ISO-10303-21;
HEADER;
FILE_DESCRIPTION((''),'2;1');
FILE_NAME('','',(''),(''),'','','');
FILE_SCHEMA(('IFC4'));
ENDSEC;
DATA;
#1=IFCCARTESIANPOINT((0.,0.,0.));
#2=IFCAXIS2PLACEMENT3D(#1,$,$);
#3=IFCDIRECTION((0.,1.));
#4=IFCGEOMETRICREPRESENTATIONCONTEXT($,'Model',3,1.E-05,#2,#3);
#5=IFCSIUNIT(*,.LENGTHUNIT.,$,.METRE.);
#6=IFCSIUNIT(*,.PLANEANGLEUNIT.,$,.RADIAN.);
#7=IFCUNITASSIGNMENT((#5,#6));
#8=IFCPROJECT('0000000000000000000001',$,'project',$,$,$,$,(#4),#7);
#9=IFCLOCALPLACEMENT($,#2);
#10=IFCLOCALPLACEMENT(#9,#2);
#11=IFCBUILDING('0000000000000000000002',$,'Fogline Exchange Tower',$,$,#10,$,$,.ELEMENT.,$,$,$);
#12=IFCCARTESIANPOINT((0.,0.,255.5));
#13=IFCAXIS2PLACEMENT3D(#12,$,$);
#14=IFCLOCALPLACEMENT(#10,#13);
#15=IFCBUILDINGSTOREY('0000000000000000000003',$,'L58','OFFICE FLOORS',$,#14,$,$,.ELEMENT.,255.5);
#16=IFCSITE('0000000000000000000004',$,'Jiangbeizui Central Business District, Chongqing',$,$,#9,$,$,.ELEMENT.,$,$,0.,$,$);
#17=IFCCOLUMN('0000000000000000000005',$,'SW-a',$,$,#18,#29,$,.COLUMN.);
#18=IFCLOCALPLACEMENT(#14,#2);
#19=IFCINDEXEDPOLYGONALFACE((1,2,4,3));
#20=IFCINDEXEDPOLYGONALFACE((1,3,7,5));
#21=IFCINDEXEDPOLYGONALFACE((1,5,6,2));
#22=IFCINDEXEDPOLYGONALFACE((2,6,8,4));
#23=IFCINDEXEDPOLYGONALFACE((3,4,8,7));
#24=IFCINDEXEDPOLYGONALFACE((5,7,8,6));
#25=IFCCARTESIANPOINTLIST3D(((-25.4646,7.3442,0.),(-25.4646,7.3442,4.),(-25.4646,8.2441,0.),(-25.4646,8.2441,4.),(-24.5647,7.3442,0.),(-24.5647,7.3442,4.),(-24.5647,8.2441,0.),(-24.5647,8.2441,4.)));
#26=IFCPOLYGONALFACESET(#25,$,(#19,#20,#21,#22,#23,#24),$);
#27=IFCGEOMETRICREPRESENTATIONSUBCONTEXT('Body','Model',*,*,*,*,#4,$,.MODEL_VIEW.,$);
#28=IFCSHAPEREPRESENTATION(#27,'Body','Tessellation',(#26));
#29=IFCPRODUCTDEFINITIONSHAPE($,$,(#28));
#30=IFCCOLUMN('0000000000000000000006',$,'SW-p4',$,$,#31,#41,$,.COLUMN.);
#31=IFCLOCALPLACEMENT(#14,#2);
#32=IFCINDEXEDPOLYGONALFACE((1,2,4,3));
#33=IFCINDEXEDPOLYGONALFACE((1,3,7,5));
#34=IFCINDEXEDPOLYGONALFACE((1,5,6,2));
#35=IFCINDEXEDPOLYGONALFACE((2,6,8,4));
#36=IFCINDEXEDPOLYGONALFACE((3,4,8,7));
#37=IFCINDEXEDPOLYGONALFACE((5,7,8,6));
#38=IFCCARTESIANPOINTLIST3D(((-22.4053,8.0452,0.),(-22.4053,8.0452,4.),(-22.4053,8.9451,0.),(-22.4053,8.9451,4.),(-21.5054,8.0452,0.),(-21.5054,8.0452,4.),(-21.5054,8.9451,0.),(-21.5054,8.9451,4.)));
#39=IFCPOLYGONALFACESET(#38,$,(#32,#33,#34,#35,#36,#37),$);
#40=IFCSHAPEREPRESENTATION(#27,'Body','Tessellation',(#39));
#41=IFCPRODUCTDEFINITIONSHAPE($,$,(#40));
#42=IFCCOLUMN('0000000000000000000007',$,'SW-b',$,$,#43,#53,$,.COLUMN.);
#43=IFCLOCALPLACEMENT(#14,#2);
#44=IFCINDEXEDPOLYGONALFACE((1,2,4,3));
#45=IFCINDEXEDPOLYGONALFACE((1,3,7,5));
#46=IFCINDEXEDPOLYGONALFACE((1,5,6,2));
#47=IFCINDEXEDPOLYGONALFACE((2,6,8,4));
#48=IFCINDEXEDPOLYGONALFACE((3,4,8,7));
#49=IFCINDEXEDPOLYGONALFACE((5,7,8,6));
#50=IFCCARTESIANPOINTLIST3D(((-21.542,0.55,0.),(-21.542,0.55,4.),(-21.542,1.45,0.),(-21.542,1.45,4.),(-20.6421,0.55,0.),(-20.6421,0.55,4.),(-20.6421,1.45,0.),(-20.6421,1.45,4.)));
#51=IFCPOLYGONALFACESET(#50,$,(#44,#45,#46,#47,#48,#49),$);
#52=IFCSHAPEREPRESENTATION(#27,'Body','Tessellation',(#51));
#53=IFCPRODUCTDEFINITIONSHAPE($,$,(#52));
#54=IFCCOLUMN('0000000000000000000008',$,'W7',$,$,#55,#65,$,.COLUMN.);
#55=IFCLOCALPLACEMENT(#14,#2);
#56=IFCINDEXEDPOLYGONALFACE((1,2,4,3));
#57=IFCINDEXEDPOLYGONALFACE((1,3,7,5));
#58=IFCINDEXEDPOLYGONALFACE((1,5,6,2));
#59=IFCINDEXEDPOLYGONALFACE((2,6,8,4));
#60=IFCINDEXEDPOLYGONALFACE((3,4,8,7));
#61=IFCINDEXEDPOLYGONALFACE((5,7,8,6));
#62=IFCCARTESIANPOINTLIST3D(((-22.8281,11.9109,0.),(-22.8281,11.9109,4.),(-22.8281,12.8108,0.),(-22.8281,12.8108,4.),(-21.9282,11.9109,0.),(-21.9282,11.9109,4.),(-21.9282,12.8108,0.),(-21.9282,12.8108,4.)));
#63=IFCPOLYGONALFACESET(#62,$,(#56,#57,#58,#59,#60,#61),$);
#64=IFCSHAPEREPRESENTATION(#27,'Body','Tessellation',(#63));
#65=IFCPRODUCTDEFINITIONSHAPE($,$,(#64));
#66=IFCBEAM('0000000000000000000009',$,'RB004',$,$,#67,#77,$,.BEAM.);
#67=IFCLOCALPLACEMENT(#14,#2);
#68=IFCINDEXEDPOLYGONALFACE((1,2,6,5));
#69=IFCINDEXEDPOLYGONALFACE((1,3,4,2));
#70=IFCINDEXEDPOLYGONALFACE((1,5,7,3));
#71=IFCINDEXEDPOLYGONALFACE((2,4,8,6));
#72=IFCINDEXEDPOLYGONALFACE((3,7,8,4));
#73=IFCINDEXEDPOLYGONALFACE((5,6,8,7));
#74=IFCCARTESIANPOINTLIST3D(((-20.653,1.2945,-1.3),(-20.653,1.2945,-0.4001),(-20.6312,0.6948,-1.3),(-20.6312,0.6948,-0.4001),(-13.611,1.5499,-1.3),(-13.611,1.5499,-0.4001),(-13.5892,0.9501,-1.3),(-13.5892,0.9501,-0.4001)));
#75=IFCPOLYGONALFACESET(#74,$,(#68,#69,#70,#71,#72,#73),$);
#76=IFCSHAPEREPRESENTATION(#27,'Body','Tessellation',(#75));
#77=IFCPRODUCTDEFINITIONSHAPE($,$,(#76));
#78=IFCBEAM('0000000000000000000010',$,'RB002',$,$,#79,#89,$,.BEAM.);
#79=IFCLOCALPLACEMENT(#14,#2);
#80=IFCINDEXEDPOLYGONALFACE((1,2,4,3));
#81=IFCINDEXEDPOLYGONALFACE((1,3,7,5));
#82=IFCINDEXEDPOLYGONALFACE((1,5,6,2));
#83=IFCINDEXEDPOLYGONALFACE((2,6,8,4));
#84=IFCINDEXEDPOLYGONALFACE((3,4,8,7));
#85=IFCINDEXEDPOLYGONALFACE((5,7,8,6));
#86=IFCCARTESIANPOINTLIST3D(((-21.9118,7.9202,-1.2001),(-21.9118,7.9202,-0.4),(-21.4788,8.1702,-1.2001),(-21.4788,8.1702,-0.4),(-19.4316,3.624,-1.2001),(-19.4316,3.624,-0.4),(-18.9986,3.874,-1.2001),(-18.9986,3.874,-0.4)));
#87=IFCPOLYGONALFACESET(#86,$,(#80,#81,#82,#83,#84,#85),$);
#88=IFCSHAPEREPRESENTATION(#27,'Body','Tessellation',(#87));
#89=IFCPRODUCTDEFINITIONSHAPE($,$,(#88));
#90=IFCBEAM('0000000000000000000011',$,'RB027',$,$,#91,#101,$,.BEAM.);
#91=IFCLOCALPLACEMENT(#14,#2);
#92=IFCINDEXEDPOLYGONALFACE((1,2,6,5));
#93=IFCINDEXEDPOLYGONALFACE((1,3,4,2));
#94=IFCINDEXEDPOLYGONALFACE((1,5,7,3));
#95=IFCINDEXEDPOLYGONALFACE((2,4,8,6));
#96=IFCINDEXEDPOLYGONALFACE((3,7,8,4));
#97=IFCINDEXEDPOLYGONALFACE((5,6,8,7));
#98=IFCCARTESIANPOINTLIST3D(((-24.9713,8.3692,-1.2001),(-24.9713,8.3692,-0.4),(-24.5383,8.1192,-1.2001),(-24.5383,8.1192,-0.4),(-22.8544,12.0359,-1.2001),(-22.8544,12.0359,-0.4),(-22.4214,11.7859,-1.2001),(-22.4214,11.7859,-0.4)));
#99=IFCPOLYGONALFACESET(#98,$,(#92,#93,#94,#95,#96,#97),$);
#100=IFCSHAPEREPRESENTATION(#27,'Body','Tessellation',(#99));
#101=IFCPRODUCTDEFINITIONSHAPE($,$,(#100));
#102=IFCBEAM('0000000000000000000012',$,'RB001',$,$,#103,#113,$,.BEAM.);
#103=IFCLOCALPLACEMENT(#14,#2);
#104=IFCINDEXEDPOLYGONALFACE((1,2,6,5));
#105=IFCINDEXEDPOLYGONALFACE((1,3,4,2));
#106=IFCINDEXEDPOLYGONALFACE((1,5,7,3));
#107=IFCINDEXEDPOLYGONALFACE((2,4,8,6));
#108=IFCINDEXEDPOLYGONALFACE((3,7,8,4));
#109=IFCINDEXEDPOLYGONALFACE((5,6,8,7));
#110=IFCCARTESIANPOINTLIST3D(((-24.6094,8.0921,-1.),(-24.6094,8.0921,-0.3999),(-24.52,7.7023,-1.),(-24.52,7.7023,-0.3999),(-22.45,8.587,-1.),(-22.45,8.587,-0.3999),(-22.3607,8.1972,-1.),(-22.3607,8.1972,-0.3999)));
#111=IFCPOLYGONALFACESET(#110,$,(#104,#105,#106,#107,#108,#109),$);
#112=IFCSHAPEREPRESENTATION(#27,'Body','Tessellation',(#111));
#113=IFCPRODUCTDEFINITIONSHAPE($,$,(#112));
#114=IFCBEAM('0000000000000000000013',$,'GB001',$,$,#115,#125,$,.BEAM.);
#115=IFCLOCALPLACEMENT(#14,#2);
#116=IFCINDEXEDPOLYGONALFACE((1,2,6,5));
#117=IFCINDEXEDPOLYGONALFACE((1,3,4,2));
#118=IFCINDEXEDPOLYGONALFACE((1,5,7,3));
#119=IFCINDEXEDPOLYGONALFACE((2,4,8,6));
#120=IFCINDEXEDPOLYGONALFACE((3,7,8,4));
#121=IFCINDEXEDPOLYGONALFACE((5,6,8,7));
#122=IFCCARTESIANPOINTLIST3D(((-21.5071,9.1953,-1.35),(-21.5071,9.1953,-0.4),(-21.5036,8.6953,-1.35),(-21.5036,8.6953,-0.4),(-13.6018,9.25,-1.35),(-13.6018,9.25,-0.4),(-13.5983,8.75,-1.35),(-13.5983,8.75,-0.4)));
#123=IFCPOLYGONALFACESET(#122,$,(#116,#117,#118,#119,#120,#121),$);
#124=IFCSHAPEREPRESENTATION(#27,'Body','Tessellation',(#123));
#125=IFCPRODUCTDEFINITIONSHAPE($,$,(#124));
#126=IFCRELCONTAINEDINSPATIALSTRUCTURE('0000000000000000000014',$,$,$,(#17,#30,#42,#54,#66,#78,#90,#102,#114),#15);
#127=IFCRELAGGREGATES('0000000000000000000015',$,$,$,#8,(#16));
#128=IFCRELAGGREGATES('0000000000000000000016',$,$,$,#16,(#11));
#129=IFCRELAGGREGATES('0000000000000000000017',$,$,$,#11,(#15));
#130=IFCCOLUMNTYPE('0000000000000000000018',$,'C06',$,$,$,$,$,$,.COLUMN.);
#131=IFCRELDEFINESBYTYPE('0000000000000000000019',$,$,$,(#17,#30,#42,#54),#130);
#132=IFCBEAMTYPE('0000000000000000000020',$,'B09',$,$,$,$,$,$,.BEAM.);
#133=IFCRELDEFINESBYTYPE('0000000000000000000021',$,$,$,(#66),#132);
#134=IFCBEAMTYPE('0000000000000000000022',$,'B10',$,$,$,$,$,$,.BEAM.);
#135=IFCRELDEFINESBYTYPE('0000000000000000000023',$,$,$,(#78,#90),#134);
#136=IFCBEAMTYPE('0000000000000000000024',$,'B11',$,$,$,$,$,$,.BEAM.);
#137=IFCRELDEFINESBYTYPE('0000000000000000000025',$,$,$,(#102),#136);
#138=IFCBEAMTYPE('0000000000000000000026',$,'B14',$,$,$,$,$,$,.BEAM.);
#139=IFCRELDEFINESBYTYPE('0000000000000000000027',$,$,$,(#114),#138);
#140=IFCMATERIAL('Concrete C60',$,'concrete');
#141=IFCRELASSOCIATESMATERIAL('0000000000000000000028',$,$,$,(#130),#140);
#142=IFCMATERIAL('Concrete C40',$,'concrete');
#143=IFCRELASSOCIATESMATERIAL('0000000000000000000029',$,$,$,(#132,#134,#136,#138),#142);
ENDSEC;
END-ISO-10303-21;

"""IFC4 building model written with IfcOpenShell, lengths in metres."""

from ifc_helpers import new_model, si_unit, direction, frame, origin, origin_2d, place, context, subcontext, project, spatial, rectangle, extrude, material, material_profile, profile_set, type_object, element, save


model = new_model("IFC4")

# Units and contexts
model_context = context("Model", 3, precision=1e-05, world=origin(), true_north=direction((0.0, 1.0)))
body_context = subcontext(model_context, "Body", "Model", "MODEL_VIEW")
ifc_project = project(units=[si_unit("LENGTHUNIT", "METRE"), si_unit("PLANEANGLEUNIT", "RADIAN")], contexts=[model_context])

# Site, building, storey
site_placement = place(None, origin())
site = spatial("IfcSite", under=ifc_project, at=site_placement, Name="Jiangbeizui Central Business District, Chongqing", CompositionType="ELEMENT", RefElevation=0.0)
building_placement = place(site_placement, origin())
building = spatial("IfcBuilding", under=site, at=building_placement, Name="Fogline Exchange Tower", CompositionType="ELEMENT")
storey_placement = place(building_placement, frame((0.0, 0.0, 255.5)))
storey = spatial("IfcBuildingStorey", under=building, at=storey_placement, Name="L58", Description="OFFICE FLOORS", CompositionType="ELEMENT", Elevation=255.5)

# Columns
ifc_material_1 = material(Name="Concrete C60", Category="concrete")
ifc_material_profile_1 = material_profile(ifc_material_1, rectangle(XDim=0.8999, YDim=0.8999, at=origin_2d()), Name="RC 900x900")
ifc_profile_set_1 = profile_set([ifc_material_profile_1], Name="Concrete C60")
column_type = type_object("IfcColumnType", Name="C06", PredefinedType="COLUMN", material=ifc_profile_set_1)
for number, where, z_axis, x_axis, name in (
    (1, (-25.0146, 7.7942, 0.0), (0.0, 0.0, 1.0), (1.0, 0.0, 0.0), "SW-a"),
    (2, (-21.9553, 8.4951, 0.0), (0.0, 0.0, 1.0), (1.0, 0.0, 0.0), "SW-p4"),
    (3, (-21.092, 1.0, 0.0), (0.0, 0.0, 1.0), (1.0, 0.0, 0.0), "SW-b"),
    (4, (-22.3782, 12.3608, 0.0), (0.0, 0.0, 1.0), (1.0, 0.0, 0.0), "W7"),
):
    element("IfcColumn", number, at=place(storey_placement, frame(where, z_axis=z_axis, x_axis=x_axis)), inside=storey, type_object=column_type, Name=name, PredefinedType="COLUMN", context=body_context, shape_type="SweptSolid", body=[
        extrude(rectangle(XDim=0.8999, YDim=0.8999, at=origin_2d()), origin(), (0.0, 0.0, 1.0), 4.0),
    ])

# Beams
ifc_material_2 = material(Name="Concrete C40", Category="concrete")
ifc_material_profile_2 = material_profile(ifc_material_2, rectangle(XDim=0.6001, YDim=0.8999, at=origin_2d()), Name="RC 600x900")
ifc_profile_set_2 = profile_set([ifc_material_profile_2], Name="Concrete C40")
beam_type_1 = type_object("IfcBeamType", Name="B09", PredefinedType="BEAM", material=ifc_profile_set_2)
beam_1_placement = place(storey_placement, frame((-20.6421, 0.9946, -0.8501), z_axis=(0.999343, 0.03624, 0.0), x_axis=(-0.03624, 0.999343, 0.0)))
element("IfcBeam", 5, at=beam_1_placement, inside=storey, type_object=beam_type_1, Name="RB004", PredefinedType="BEAM", context=body_context, shape_type="SweptSolid", body=[
    extrude(rectangle(XDim=0.6001, YDim=0.8999, at=origin_2d()), origin(), (0.0, 0.0, 1.0), 7.0466),
])
ifc_material_profile_3 = material_profile(ifc_material_2, rectangle(XDim=0.5, YDim=0.8, at=origin_2d()), Name="RC 500x800")
ifc_profile_set_3 = profile_set([ifc_material_profile_3], Name="Concrete C40")
beam_type_2 = type_object("IfcBeamType", Name="B10", PredefinedType="BEAM", material=ifc_profile_set_3)
beam_2_placement = place(storey_placement, frame((-21.6953, 8.0452, -0.8), z_axis=(0.499977, -0.866039, 0.0), x_axis=(0.866039, 0.499977, 0.0)))
element("IfcBeam", 6, at=beam_2_placement, inside=storey, type_object=beam_type_2, Name="RB002", PredefinedType="BEAM", context=body_context, shape_type="SweptSolid", body=[
    extrude(rectangle(XDim=0.5, YDim=0.8, at=origin_2d()), origin(), (0.0, 0.0, 1.0), 4.9607),
])
beam_3_placement = place(storey_placement, frame((-22.6379, 11.9109, -0.8), z_axis=(-0.49999, -0.866031, 0.0), x_axis=(0.866031, -0.49999, 0.0)))
element("IfcBeam", 7, at=beam_3_placement, inside=storey, type_object=beam_type_2, Name="RB027", PredefinedType="BEAM", context=body_context, shape_type="SweptSolid", body=[
    extrude(rectangle(XDim=0.5, YDim=0.8, at=origin_2d()), origin(), (0.0, 0.0, 1.0), 4.2339),
])
ifc_material_profile_4 = material_profile(ifc_material_2, rectangle(XDim=0.3999, YDim=0.6001, at=origin_2d()), Name="RC 400x600")
ifc_profile_set_4 = profile_set([ifc_material_profile_4], Name="Concrete C40")
beam_type_3 = type_object("IfcBeamType", Name="B11", PredefinedType="BEAM", material=ifc_profile_set_4)
beam_4_placement = place(storey_placement, frame((-24.5647, 7.8972, -0.7), z_axis=(0.974732, 0.223378, 0.0), x_axis=(-0.223378, 0.974732, 0.0)))
element("IfcBeam", 8, at=beam_4_placement, inside=storey, type_object=beam_type_3, Name="RB001", PredefinedType="BEAM", context=body_context, shape_type="SweptSolid", body=[
    extrude(rectangle(XDim=0.3999, YDim=0.6001, at=origin_2d()), origin(), (0.0, 0.0, 1.0), 2.2153),
])
ifc_material_profile_5 = material_profile(ifc_material_2, rectangle(XDim=0.5, YDim=0.95, at=origin_2d()), Name="RC 500x950")
ifc_profile_set_5 = profile_set([ifc_material_profile_5], Name="Concrete C40")
beam_type_4 = type_object("IfcBeamType", Name="B14", PredefinedType="BEAM", material=ifc_profile_set_5)
beam_5_placement = place(storey_placement, frame((-21.5054, 8.9453, -0.875), z_axis=(0.999976, 0.006918, 0.0), x_axis=(-0.006918, 0.999976, 0.0)))
element("IfcBeam", 9, at=beam_5_placement, inside=storey, type_object=beam_type_4, Name="GB001", PredefinedType="BEAM", context=body_context, shape_type="SweptSolid", body=[
    extrude(rectangle(XDim=0.5, YDim=0.95, at=origin_2d()), origin(), (0.0, 0.0, 1.0), 7.9055),
])

save(model, "model.ifc")
